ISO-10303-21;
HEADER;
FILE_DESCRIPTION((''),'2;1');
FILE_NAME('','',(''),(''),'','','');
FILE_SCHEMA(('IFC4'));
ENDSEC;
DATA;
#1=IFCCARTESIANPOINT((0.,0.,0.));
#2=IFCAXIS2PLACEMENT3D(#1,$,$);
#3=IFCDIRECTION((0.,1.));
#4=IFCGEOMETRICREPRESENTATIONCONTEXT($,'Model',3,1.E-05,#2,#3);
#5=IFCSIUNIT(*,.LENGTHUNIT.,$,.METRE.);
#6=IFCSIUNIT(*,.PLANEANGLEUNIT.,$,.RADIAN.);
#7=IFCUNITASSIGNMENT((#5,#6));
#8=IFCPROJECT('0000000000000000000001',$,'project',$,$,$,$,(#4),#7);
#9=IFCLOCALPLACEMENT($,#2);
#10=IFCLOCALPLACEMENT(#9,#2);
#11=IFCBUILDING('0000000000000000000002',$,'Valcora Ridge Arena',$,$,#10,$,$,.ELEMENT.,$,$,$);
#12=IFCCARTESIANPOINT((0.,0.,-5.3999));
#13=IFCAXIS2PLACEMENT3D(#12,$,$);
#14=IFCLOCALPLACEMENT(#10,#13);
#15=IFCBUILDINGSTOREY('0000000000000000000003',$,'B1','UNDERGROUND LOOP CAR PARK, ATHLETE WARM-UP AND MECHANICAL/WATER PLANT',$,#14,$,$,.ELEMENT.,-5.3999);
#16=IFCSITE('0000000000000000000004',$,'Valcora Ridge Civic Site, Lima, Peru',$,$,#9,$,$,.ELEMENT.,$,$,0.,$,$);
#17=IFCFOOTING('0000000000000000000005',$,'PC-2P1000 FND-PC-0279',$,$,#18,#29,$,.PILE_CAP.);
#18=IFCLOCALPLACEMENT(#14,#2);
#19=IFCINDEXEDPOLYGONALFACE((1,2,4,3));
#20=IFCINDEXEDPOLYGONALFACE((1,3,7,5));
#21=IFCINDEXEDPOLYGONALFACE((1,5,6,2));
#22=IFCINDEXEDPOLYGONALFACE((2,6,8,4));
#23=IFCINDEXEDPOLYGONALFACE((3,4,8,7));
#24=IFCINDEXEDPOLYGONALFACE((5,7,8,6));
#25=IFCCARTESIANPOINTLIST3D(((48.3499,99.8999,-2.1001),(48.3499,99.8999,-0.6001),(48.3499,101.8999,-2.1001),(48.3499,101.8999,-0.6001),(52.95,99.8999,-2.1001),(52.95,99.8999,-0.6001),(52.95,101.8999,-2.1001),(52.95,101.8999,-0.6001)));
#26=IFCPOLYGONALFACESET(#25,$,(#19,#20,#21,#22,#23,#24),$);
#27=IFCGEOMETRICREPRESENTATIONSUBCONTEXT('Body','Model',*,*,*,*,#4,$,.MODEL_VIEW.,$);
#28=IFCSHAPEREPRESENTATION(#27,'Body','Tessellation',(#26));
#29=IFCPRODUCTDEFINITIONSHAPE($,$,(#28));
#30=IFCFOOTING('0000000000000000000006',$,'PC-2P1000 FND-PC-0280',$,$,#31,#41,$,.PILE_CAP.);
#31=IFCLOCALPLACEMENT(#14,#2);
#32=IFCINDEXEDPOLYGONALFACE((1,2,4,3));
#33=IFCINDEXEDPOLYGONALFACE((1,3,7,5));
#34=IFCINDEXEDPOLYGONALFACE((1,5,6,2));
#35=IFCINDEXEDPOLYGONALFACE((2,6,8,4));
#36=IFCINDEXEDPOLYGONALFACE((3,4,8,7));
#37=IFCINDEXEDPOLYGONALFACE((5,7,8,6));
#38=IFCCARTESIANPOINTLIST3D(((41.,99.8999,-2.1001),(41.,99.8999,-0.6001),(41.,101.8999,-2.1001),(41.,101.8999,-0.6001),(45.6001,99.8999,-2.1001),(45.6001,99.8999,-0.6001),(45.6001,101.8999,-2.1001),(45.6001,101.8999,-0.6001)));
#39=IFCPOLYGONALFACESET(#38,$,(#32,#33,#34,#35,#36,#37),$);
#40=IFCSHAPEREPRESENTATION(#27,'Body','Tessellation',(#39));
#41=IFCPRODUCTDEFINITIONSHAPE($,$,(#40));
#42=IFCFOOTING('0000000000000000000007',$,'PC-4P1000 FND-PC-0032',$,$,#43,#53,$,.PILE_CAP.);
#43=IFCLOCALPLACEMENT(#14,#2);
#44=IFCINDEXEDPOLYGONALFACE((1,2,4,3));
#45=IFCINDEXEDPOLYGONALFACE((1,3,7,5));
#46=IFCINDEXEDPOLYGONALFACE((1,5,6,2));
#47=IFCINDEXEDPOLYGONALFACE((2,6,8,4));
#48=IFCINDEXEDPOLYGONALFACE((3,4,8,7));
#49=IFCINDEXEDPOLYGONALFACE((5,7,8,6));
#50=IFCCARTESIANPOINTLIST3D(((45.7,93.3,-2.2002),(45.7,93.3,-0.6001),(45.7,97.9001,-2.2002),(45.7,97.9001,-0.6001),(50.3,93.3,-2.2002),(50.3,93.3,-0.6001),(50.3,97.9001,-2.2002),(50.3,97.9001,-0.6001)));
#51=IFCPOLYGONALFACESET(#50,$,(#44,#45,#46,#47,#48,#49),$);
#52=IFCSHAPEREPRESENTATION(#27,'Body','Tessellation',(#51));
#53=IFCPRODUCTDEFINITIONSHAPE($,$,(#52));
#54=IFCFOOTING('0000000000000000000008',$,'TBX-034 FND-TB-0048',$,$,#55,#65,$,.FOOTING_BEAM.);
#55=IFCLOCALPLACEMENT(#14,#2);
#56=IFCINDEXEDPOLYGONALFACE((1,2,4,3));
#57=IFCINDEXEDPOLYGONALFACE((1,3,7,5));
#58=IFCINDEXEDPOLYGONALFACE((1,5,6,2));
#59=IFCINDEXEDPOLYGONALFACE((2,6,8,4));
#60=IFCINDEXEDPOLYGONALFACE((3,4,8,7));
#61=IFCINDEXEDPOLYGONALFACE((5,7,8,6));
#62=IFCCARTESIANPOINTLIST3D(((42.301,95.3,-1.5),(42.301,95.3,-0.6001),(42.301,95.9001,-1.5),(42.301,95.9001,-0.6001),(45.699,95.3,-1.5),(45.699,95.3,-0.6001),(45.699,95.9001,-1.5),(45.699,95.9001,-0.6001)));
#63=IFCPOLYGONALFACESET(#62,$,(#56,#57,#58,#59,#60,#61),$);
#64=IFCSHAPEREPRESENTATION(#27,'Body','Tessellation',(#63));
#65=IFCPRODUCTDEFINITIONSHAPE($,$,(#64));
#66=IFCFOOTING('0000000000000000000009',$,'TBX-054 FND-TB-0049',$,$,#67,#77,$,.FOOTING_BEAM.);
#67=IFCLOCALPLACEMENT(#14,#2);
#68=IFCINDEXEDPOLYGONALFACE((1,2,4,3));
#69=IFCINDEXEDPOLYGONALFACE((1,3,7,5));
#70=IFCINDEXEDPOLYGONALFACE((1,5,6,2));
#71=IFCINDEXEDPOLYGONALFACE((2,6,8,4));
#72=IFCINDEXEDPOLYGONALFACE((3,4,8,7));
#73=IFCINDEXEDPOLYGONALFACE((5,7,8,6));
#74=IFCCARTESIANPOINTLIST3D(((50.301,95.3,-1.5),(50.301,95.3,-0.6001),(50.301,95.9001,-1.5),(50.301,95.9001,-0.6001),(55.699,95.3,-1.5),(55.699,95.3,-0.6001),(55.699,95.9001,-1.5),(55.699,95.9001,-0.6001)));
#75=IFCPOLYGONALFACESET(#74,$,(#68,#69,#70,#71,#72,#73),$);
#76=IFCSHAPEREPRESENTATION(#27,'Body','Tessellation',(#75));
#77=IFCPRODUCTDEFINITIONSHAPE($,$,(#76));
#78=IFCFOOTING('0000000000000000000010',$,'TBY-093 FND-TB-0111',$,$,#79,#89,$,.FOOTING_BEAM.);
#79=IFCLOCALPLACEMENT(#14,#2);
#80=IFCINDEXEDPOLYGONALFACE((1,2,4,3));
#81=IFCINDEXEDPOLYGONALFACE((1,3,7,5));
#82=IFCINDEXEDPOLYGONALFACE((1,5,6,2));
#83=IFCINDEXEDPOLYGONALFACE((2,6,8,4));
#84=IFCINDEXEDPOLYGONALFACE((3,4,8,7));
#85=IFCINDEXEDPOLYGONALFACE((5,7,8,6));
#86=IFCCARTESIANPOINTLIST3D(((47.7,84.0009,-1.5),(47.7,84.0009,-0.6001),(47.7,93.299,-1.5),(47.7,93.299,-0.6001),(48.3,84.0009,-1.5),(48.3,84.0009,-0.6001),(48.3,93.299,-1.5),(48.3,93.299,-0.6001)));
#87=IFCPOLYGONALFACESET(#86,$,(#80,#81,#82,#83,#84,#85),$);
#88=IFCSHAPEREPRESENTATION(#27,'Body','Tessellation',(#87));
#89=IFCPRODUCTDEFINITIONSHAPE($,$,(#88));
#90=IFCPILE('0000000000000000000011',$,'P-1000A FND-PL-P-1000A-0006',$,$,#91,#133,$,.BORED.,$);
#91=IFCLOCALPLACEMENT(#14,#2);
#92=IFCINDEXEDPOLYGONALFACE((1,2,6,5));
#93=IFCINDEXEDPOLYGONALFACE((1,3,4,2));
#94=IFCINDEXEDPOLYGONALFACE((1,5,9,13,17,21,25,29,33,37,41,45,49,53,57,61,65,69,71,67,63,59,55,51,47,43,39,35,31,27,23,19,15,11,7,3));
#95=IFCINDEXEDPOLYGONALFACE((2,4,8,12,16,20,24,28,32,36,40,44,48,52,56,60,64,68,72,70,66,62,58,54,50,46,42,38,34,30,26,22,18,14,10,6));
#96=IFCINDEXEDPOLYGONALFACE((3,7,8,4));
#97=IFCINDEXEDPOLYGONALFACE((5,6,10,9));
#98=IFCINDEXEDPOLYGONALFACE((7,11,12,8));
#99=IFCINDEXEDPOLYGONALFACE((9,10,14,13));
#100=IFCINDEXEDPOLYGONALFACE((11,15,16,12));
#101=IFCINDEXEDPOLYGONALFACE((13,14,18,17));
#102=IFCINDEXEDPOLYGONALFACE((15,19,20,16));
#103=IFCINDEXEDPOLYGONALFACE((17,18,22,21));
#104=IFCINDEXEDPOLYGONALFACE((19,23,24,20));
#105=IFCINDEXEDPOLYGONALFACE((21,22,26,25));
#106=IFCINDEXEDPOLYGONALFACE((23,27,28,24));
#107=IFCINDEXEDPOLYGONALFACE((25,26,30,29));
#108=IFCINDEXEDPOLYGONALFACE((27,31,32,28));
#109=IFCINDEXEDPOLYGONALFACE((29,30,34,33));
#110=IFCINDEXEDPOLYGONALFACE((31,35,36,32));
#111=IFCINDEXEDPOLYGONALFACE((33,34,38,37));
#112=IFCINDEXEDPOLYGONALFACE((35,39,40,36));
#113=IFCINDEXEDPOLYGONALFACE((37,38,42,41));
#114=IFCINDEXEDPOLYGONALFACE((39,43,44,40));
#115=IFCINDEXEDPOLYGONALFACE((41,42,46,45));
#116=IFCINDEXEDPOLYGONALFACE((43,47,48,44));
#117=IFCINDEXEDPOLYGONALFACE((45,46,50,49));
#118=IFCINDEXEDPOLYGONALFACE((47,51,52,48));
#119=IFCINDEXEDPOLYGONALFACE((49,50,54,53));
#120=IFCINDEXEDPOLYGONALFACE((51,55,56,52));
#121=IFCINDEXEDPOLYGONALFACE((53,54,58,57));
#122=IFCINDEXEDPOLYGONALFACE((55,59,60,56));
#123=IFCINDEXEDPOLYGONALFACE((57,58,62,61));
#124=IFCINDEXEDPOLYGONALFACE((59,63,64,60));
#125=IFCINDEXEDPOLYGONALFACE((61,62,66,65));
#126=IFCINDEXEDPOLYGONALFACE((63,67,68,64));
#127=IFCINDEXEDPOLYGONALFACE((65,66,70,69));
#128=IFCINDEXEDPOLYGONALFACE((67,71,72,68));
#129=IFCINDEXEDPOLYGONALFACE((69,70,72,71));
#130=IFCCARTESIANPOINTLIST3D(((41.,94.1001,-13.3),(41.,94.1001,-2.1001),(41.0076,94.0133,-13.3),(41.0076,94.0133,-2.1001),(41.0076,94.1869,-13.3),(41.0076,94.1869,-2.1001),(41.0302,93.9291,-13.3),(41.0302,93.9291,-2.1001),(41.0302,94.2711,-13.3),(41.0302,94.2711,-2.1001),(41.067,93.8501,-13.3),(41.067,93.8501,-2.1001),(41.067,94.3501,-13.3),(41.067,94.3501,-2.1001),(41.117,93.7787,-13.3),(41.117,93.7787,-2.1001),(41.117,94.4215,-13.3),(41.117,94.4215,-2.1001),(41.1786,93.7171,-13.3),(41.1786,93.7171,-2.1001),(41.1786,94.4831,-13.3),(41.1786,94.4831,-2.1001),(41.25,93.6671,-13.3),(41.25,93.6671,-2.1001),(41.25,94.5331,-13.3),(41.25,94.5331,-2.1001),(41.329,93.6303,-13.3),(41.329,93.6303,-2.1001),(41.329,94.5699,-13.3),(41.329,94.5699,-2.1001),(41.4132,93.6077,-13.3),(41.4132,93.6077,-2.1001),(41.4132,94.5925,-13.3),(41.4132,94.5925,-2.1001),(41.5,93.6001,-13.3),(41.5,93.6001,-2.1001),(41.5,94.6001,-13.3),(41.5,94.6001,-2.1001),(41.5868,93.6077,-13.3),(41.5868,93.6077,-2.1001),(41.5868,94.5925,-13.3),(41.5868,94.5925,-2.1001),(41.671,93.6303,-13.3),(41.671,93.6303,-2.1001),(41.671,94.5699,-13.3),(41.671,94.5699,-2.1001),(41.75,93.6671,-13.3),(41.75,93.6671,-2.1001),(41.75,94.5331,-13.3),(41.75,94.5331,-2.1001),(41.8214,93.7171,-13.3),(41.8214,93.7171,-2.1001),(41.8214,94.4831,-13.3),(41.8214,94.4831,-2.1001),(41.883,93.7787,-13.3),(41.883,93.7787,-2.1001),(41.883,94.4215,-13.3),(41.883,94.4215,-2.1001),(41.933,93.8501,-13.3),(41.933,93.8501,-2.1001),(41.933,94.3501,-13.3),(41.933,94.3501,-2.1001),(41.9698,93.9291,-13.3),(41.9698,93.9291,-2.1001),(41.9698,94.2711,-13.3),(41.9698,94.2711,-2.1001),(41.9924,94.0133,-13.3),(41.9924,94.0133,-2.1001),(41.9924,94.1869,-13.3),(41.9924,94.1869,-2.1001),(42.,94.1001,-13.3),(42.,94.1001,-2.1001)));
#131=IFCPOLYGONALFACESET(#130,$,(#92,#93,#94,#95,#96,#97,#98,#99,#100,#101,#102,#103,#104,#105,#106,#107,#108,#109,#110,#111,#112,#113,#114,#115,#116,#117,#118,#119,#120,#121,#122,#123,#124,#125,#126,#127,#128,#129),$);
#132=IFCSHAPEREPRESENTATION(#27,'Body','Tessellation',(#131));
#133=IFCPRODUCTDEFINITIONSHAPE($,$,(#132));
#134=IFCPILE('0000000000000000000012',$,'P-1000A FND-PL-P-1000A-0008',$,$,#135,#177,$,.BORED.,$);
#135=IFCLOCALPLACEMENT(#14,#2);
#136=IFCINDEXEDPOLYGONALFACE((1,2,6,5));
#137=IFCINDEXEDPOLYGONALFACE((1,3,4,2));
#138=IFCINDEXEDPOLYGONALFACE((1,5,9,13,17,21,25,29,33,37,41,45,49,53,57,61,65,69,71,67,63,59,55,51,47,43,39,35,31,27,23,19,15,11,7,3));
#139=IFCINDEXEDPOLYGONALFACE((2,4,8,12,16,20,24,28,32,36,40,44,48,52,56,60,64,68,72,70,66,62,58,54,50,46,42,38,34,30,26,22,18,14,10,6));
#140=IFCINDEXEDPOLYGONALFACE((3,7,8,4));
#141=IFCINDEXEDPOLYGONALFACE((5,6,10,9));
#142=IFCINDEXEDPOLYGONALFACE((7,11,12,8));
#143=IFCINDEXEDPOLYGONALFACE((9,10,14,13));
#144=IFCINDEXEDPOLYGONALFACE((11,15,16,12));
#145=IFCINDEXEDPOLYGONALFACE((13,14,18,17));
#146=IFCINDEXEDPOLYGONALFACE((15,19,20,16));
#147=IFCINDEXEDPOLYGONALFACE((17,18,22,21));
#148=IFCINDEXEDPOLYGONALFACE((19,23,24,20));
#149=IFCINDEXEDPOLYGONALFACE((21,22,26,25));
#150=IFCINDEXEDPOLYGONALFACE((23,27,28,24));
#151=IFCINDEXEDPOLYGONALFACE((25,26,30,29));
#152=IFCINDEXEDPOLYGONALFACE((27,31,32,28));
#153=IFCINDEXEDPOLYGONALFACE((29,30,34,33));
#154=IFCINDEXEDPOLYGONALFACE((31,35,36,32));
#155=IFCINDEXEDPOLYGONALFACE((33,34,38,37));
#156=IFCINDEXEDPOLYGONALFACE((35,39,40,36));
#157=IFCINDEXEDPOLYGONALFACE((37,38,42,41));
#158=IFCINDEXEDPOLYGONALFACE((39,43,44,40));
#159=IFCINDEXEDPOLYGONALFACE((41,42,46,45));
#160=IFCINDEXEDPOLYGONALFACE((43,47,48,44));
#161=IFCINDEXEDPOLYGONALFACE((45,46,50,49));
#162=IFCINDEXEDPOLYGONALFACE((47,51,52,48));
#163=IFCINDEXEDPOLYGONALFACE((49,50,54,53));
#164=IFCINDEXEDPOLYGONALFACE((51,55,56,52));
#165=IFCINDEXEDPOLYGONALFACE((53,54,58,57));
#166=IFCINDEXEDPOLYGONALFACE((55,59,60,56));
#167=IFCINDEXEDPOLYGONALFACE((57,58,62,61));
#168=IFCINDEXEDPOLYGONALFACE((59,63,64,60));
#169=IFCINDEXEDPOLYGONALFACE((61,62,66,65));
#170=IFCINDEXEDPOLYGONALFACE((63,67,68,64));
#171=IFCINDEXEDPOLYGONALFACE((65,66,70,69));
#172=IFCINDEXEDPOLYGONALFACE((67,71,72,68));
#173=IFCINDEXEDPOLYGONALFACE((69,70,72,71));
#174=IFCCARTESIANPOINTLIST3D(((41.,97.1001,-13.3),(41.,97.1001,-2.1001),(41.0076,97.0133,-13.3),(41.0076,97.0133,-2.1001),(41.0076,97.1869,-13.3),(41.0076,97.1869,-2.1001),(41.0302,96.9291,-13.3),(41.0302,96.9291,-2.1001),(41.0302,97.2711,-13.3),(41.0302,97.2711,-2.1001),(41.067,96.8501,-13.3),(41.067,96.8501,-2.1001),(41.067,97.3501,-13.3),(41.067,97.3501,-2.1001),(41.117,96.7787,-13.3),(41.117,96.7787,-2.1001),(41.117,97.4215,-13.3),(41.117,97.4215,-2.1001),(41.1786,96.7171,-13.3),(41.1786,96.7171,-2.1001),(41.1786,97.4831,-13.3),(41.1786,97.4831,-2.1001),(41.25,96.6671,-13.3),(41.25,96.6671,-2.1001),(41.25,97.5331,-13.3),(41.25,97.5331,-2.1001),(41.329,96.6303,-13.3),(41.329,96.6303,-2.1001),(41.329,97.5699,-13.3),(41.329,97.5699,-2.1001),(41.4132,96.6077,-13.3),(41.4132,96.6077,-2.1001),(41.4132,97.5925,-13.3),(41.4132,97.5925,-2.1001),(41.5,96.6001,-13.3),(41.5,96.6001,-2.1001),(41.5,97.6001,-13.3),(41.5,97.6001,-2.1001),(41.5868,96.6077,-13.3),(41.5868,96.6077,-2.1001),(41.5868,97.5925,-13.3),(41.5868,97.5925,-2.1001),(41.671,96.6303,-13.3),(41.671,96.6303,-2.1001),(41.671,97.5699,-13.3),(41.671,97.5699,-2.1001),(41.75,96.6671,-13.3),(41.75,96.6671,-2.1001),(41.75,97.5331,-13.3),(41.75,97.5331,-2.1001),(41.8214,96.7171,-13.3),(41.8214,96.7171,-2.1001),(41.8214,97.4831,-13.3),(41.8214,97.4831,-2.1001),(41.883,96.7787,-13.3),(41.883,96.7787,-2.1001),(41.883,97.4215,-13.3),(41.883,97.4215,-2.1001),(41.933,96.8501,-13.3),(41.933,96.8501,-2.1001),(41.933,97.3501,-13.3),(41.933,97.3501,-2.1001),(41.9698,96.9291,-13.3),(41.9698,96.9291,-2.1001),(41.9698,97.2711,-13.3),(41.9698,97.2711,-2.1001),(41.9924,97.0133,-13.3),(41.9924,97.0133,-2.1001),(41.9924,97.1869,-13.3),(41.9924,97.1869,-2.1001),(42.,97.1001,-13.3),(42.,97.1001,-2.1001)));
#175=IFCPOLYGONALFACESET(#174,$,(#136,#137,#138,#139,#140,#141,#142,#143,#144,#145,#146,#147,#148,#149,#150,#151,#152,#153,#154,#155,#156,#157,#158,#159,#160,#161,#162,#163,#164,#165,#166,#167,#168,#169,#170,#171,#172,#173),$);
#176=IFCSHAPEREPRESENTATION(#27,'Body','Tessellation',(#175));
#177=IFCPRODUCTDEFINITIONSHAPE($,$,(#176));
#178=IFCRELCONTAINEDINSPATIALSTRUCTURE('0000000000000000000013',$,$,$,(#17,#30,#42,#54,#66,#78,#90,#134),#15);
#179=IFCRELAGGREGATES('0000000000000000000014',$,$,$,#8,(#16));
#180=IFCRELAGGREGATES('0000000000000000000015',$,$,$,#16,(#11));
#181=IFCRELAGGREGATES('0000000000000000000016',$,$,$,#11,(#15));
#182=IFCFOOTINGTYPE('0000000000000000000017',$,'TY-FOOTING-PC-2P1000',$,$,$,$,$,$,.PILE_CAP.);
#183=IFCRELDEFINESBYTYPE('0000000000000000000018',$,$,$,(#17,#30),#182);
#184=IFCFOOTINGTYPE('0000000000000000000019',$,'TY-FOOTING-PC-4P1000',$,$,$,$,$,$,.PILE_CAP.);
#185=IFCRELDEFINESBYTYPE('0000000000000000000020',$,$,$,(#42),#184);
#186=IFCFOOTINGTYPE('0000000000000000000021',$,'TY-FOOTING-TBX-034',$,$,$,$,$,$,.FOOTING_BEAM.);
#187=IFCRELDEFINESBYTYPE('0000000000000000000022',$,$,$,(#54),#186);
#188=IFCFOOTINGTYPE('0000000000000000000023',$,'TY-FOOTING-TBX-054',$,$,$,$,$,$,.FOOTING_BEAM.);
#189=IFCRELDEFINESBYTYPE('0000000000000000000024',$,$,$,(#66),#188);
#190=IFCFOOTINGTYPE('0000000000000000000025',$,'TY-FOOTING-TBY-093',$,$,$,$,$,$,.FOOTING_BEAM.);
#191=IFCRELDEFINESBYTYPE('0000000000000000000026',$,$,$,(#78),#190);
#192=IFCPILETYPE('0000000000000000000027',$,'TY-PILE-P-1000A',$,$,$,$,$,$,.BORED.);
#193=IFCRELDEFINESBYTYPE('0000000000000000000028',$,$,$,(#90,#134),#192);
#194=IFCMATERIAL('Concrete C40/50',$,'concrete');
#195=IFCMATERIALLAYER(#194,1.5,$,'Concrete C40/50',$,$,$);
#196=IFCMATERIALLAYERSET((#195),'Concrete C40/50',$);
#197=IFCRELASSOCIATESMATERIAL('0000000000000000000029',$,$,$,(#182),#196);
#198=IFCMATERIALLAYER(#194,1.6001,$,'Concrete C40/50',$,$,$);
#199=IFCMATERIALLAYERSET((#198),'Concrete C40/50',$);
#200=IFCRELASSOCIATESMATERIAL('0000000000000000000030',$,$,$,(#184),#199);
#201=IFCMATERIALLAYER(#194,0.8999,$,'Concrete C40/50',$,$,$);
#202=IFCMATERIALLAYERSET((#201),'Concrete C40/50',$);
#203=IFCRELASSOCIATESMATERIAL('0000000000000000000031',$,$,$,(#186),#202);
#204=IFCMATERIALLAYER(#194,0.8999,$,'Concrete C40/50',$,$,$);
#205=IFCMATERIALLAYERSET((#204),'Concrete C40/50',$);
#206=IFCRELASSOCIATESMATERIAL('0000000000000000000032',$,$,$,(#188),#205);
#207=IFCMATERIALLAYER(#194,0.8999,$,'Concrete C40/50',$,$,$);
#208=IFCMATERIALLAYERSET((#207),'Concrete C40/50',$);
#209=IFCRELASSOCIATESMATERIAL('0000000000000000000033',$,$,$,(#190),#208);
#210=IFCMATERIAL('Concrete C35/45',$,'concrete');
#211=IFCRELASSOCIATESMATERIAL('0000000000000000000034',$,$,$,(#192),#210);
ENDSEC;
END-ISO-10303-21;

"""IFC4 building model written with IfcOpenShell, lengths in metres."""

from ifc_helpers import new_model, si_unit, direction, frame, origin, origin_2d, place, context, subcontext, project, spatial, rectangle, circle, extrude, material, layer, layer_set, material_profile, profile_set, type_object, element, save


model = new_model("IFC4")

# Units and contexts
model_context = context("Model", 3, precision=1e-05, world=origin(), true_north=direction((0.0, 1.0)))
body_context = subcontext(model_context, "Body", "Model", "MODEL_VIEW")
ifc_project = project(units=[si_unit("LENGTHUNIT", "METRE"), si_unit("PLANEANGLEUNIT", "RADIAN")], contexts=[model_context])

# Site, building, storey
site_placement = place(None, origin())
site = spatial("IfcSite", under=ifc_project, at=site_placement, Name="Valcora Ridge Civic Site, Lima, Peru", CompositionType="ELEMENT", RefElevation=0.0)
building_placement = place(site_placement, origin())
building = spatial("IfcBuilding", under=site, at=building_placement, Name="Valcora Ridge Arena", CompositionType="ELEMENT")
storey_placement = place(building_placement, frame((0.0, 0.0, -5.3999)))
storey = spatial("IfcBuildingStorey", under=building, at=storey_placement, Name="B1", Description="UNDERGROUND LOOP CAR PARK, ATHLETE WARM-UP AND MECHANICAL/WATER PLANT", CompositionType="ELEMENT", Elevation=-5.3999)

# Footings
ifc_material_1 = material(Name="Concrete C40/50", Category="concrete")
ifc_layer_1 = layer(ifc_material_1, 1.5, Name="Concrete C40/50")
ifc_layer_set_1 = layer_set([ifc_layer_1], Name="Concrete C40/50")
footing_type_1 = type_object("IfcFootingType", Name="TY-FOOTING-PC-2P1000", PredefinedType="PILE_CAP", material=ifc_layer_set_1)
for number, where, z_axis, x_axis, name in (
    (1, (50.6499, 100.8999, -2.1001), (0.0, 0.0, 1.0), (1.0, 0.0, 0.0), "PC-2P1000 FND-PC-0279"),
    (2, (43.3, 100.8999, -2.1001), (0.0, 0.0, 1.0), (1.0, 0.0, 0.0), "PC-2P1000 FND-PC-0280"),
):
    element("IfcFooting", number, at=place(storey_placement, frame(where, z_axis=z_axis, x_axis=x_axis)), inside=storey, type_object=footing_type_1, Name=name, PredefinedType="PILE_CAP", context=body_context, shape_type="SweptSolid", body=[
        extrude(rectangle(XDim=4.6001, YDim=2.0, at=origin_2d()), origin(), (0.0, 0.0, 1.0), 1.5),
    ])
ifc_layer_2 = layer(ifc_material_1, 1.6001, Name="Concrete C40/50")
ifc_layer_set_2 = layer_set([ifc_layer_2], Name="Concrete C40/50")
footing_type_2 = type_object("IfcFootingType", Name="TY-FOOTING-PC-4P1000", PredefinedType="PILE_CAP", material=ifc_layer_set_2)
footing_1_placement = place(storey_placement, frame((48.0, 95.6001, -2.2002), z_axis=(0.0, 0.0, 1.0), x_axis=(1.0, 0.0, 0.0)))
element("IfcFooting", 3, at=footing_1_placement, inside=storey, type_object=footing_type_2, Name="PC-4P1000 FND-PC-0032", PredefinedType="PILE_CAP", context=body_context, shape_type="SweptSolid", body=[
    extrude(rectangle(XDim=4.6001, YDim=4.6001, at=origin_2d()), origin(), (0.0, 0.0, 1.0), 1.6001),
])
ifc_layer_3 = layer(ifc_material_1, 0.8999, Name="Concrete C40/50")
ifc_layer_set_3 = layer_set([ifc_layer_3], Name="Concrete C40/50")
footing_type_3 = type_object("IfcFootingType", Name="TY-FOOTING-TBX-034", PredefinedType="FOOTING_BEAM", material=ifc_layer_set_3)
footing_2_placement = place(storey_placement, frame((44.0, 95.6001, -1.5), z_axis=(0.0, 0.0, 1.0), x_axis=(1.0, 0.0, 0.0)))
element("IfcFooting", 4, at=footing_2_placement, inside=storey, type_object=footing_type_3, Name="TBX-034 FND-TB-0048", PredefinedType="FOOTING_BEAM", context=body_context, shape_type="SweptSolid", body=[
    extrude(rectangle(XDim=3.3979, YDim=0.6001, at=origin_2d()), origin(), (0.0, 0.0, 1.0), 0.8999),
])
ifc_layer_4 = layer(ifc_material_1, 0.8999, Name="Concrete C40/50")
ifc_layer_set_4 = layer_set([ifc_layer_4], Name="Concrete C40/50")
footing_type_4 = type_object("IfcFootingType", Name="TY-FOOTING-TBX-054", PredefinedType="FOOTING_BEAM", material=ifc_layer_set_4)
footing_3_placement = place(storey_placement, frame((53.0, 95.6001, -1.5), z_axis=(0.0, 0.0, 1.0), x_axis=(1.0, 0.0, 0.0)))
element("IfcFooting", 5, at=footing_3_placement, inside=storey, type_object=footing_type_4, Name="TBX-054 FND-TB-0049", PredefinedType="FOOTING_BEAM", context=body_context, shape_type="SweptSolid", body=[
    extrude(rectangle(XDim=5.3979, YDim=0.6001, at=origin_2d()), origin(), (0.0, 0.0, 1.0), 0.8999),
])
ifc_layer_5 = layer(ifc_material_1, 0.8999, Name="Concrete C40/50")
ifc_layer_set_5 = layer_set([ifc_layer_5], Name="Concrete C40/50")
footing_type_5 = type_object("IfcFootingType", Name="TY-FOOTING-TBY-093", PredefinedType="FOOTING_BEAM", material=ifc_layer_set_5)
footing_4_placement = place(storey_placement, frame((48.0, 88.6499, -1.5), z_axis=(0.0, 0.0, 1.0), x_axis=(1.0, 0.0, 0.0)))
element("IfcFooting", 6, at=footing_4_placement, inside=storey, type_object=footing_type_5, Name="TBY-093 FND-TB-0111", PredefinedType="FOOTING_BEAM", context=body_context, shape_type="SweptSolid", body=[
    extrude(rectangle(XDim=0.6001, YDim=9.2981, at=origin_2d()), origin(), (0.0, 0.0, 1.0), 0.8999),
])

# Piles
ifc_material_2 = material(Name="Concrete C35/45", Category="concrete")
ifc_material_profile_1 = material_profile(ifc_material_2, circle(Radius=0.5, at=origin_2d()), Name="BORED PILE D1000")
ifc_profile_set_1 = profile_set([ifc_material_profile_1], Name="Concrete C35/45")
pile_type_1 = type_object("IfcPileType", Name="TY-PILE-P-1000A", PredefinedType="BORED", material=ifc_profile_set_1)
for number, where, z_axis, x_axis, name in (
    (7, (41.5, 94.1001, -2.1001), (0.0, 0.0, -1.0), (1.0, 0.0, 0.0), "P-1000A FND-PL-P-1000A-0006"),
    (8, (41.5, 97.1001, -2.1001), (0.0, 0.0, -1.0), (1.0, 0.0, 0.0), "P-1000A FND-PL-P-1000A-0008"),
):
    element("IfcPile", number, at=place(storey_placement, frame(where, z_axis=z_axis, x_axis=x_axis)), inside=storey, type_object=pile_type_1, Name=name, PredefinedType="BORED", context=body_context, shape_type="SweptSolid", body=[
        extrude(circle(Radius=0.5, at=origin_2d()), origin(), (0.0, 0.0, 1.0), 11.2),
    ])

save(model, "model.ifc")
